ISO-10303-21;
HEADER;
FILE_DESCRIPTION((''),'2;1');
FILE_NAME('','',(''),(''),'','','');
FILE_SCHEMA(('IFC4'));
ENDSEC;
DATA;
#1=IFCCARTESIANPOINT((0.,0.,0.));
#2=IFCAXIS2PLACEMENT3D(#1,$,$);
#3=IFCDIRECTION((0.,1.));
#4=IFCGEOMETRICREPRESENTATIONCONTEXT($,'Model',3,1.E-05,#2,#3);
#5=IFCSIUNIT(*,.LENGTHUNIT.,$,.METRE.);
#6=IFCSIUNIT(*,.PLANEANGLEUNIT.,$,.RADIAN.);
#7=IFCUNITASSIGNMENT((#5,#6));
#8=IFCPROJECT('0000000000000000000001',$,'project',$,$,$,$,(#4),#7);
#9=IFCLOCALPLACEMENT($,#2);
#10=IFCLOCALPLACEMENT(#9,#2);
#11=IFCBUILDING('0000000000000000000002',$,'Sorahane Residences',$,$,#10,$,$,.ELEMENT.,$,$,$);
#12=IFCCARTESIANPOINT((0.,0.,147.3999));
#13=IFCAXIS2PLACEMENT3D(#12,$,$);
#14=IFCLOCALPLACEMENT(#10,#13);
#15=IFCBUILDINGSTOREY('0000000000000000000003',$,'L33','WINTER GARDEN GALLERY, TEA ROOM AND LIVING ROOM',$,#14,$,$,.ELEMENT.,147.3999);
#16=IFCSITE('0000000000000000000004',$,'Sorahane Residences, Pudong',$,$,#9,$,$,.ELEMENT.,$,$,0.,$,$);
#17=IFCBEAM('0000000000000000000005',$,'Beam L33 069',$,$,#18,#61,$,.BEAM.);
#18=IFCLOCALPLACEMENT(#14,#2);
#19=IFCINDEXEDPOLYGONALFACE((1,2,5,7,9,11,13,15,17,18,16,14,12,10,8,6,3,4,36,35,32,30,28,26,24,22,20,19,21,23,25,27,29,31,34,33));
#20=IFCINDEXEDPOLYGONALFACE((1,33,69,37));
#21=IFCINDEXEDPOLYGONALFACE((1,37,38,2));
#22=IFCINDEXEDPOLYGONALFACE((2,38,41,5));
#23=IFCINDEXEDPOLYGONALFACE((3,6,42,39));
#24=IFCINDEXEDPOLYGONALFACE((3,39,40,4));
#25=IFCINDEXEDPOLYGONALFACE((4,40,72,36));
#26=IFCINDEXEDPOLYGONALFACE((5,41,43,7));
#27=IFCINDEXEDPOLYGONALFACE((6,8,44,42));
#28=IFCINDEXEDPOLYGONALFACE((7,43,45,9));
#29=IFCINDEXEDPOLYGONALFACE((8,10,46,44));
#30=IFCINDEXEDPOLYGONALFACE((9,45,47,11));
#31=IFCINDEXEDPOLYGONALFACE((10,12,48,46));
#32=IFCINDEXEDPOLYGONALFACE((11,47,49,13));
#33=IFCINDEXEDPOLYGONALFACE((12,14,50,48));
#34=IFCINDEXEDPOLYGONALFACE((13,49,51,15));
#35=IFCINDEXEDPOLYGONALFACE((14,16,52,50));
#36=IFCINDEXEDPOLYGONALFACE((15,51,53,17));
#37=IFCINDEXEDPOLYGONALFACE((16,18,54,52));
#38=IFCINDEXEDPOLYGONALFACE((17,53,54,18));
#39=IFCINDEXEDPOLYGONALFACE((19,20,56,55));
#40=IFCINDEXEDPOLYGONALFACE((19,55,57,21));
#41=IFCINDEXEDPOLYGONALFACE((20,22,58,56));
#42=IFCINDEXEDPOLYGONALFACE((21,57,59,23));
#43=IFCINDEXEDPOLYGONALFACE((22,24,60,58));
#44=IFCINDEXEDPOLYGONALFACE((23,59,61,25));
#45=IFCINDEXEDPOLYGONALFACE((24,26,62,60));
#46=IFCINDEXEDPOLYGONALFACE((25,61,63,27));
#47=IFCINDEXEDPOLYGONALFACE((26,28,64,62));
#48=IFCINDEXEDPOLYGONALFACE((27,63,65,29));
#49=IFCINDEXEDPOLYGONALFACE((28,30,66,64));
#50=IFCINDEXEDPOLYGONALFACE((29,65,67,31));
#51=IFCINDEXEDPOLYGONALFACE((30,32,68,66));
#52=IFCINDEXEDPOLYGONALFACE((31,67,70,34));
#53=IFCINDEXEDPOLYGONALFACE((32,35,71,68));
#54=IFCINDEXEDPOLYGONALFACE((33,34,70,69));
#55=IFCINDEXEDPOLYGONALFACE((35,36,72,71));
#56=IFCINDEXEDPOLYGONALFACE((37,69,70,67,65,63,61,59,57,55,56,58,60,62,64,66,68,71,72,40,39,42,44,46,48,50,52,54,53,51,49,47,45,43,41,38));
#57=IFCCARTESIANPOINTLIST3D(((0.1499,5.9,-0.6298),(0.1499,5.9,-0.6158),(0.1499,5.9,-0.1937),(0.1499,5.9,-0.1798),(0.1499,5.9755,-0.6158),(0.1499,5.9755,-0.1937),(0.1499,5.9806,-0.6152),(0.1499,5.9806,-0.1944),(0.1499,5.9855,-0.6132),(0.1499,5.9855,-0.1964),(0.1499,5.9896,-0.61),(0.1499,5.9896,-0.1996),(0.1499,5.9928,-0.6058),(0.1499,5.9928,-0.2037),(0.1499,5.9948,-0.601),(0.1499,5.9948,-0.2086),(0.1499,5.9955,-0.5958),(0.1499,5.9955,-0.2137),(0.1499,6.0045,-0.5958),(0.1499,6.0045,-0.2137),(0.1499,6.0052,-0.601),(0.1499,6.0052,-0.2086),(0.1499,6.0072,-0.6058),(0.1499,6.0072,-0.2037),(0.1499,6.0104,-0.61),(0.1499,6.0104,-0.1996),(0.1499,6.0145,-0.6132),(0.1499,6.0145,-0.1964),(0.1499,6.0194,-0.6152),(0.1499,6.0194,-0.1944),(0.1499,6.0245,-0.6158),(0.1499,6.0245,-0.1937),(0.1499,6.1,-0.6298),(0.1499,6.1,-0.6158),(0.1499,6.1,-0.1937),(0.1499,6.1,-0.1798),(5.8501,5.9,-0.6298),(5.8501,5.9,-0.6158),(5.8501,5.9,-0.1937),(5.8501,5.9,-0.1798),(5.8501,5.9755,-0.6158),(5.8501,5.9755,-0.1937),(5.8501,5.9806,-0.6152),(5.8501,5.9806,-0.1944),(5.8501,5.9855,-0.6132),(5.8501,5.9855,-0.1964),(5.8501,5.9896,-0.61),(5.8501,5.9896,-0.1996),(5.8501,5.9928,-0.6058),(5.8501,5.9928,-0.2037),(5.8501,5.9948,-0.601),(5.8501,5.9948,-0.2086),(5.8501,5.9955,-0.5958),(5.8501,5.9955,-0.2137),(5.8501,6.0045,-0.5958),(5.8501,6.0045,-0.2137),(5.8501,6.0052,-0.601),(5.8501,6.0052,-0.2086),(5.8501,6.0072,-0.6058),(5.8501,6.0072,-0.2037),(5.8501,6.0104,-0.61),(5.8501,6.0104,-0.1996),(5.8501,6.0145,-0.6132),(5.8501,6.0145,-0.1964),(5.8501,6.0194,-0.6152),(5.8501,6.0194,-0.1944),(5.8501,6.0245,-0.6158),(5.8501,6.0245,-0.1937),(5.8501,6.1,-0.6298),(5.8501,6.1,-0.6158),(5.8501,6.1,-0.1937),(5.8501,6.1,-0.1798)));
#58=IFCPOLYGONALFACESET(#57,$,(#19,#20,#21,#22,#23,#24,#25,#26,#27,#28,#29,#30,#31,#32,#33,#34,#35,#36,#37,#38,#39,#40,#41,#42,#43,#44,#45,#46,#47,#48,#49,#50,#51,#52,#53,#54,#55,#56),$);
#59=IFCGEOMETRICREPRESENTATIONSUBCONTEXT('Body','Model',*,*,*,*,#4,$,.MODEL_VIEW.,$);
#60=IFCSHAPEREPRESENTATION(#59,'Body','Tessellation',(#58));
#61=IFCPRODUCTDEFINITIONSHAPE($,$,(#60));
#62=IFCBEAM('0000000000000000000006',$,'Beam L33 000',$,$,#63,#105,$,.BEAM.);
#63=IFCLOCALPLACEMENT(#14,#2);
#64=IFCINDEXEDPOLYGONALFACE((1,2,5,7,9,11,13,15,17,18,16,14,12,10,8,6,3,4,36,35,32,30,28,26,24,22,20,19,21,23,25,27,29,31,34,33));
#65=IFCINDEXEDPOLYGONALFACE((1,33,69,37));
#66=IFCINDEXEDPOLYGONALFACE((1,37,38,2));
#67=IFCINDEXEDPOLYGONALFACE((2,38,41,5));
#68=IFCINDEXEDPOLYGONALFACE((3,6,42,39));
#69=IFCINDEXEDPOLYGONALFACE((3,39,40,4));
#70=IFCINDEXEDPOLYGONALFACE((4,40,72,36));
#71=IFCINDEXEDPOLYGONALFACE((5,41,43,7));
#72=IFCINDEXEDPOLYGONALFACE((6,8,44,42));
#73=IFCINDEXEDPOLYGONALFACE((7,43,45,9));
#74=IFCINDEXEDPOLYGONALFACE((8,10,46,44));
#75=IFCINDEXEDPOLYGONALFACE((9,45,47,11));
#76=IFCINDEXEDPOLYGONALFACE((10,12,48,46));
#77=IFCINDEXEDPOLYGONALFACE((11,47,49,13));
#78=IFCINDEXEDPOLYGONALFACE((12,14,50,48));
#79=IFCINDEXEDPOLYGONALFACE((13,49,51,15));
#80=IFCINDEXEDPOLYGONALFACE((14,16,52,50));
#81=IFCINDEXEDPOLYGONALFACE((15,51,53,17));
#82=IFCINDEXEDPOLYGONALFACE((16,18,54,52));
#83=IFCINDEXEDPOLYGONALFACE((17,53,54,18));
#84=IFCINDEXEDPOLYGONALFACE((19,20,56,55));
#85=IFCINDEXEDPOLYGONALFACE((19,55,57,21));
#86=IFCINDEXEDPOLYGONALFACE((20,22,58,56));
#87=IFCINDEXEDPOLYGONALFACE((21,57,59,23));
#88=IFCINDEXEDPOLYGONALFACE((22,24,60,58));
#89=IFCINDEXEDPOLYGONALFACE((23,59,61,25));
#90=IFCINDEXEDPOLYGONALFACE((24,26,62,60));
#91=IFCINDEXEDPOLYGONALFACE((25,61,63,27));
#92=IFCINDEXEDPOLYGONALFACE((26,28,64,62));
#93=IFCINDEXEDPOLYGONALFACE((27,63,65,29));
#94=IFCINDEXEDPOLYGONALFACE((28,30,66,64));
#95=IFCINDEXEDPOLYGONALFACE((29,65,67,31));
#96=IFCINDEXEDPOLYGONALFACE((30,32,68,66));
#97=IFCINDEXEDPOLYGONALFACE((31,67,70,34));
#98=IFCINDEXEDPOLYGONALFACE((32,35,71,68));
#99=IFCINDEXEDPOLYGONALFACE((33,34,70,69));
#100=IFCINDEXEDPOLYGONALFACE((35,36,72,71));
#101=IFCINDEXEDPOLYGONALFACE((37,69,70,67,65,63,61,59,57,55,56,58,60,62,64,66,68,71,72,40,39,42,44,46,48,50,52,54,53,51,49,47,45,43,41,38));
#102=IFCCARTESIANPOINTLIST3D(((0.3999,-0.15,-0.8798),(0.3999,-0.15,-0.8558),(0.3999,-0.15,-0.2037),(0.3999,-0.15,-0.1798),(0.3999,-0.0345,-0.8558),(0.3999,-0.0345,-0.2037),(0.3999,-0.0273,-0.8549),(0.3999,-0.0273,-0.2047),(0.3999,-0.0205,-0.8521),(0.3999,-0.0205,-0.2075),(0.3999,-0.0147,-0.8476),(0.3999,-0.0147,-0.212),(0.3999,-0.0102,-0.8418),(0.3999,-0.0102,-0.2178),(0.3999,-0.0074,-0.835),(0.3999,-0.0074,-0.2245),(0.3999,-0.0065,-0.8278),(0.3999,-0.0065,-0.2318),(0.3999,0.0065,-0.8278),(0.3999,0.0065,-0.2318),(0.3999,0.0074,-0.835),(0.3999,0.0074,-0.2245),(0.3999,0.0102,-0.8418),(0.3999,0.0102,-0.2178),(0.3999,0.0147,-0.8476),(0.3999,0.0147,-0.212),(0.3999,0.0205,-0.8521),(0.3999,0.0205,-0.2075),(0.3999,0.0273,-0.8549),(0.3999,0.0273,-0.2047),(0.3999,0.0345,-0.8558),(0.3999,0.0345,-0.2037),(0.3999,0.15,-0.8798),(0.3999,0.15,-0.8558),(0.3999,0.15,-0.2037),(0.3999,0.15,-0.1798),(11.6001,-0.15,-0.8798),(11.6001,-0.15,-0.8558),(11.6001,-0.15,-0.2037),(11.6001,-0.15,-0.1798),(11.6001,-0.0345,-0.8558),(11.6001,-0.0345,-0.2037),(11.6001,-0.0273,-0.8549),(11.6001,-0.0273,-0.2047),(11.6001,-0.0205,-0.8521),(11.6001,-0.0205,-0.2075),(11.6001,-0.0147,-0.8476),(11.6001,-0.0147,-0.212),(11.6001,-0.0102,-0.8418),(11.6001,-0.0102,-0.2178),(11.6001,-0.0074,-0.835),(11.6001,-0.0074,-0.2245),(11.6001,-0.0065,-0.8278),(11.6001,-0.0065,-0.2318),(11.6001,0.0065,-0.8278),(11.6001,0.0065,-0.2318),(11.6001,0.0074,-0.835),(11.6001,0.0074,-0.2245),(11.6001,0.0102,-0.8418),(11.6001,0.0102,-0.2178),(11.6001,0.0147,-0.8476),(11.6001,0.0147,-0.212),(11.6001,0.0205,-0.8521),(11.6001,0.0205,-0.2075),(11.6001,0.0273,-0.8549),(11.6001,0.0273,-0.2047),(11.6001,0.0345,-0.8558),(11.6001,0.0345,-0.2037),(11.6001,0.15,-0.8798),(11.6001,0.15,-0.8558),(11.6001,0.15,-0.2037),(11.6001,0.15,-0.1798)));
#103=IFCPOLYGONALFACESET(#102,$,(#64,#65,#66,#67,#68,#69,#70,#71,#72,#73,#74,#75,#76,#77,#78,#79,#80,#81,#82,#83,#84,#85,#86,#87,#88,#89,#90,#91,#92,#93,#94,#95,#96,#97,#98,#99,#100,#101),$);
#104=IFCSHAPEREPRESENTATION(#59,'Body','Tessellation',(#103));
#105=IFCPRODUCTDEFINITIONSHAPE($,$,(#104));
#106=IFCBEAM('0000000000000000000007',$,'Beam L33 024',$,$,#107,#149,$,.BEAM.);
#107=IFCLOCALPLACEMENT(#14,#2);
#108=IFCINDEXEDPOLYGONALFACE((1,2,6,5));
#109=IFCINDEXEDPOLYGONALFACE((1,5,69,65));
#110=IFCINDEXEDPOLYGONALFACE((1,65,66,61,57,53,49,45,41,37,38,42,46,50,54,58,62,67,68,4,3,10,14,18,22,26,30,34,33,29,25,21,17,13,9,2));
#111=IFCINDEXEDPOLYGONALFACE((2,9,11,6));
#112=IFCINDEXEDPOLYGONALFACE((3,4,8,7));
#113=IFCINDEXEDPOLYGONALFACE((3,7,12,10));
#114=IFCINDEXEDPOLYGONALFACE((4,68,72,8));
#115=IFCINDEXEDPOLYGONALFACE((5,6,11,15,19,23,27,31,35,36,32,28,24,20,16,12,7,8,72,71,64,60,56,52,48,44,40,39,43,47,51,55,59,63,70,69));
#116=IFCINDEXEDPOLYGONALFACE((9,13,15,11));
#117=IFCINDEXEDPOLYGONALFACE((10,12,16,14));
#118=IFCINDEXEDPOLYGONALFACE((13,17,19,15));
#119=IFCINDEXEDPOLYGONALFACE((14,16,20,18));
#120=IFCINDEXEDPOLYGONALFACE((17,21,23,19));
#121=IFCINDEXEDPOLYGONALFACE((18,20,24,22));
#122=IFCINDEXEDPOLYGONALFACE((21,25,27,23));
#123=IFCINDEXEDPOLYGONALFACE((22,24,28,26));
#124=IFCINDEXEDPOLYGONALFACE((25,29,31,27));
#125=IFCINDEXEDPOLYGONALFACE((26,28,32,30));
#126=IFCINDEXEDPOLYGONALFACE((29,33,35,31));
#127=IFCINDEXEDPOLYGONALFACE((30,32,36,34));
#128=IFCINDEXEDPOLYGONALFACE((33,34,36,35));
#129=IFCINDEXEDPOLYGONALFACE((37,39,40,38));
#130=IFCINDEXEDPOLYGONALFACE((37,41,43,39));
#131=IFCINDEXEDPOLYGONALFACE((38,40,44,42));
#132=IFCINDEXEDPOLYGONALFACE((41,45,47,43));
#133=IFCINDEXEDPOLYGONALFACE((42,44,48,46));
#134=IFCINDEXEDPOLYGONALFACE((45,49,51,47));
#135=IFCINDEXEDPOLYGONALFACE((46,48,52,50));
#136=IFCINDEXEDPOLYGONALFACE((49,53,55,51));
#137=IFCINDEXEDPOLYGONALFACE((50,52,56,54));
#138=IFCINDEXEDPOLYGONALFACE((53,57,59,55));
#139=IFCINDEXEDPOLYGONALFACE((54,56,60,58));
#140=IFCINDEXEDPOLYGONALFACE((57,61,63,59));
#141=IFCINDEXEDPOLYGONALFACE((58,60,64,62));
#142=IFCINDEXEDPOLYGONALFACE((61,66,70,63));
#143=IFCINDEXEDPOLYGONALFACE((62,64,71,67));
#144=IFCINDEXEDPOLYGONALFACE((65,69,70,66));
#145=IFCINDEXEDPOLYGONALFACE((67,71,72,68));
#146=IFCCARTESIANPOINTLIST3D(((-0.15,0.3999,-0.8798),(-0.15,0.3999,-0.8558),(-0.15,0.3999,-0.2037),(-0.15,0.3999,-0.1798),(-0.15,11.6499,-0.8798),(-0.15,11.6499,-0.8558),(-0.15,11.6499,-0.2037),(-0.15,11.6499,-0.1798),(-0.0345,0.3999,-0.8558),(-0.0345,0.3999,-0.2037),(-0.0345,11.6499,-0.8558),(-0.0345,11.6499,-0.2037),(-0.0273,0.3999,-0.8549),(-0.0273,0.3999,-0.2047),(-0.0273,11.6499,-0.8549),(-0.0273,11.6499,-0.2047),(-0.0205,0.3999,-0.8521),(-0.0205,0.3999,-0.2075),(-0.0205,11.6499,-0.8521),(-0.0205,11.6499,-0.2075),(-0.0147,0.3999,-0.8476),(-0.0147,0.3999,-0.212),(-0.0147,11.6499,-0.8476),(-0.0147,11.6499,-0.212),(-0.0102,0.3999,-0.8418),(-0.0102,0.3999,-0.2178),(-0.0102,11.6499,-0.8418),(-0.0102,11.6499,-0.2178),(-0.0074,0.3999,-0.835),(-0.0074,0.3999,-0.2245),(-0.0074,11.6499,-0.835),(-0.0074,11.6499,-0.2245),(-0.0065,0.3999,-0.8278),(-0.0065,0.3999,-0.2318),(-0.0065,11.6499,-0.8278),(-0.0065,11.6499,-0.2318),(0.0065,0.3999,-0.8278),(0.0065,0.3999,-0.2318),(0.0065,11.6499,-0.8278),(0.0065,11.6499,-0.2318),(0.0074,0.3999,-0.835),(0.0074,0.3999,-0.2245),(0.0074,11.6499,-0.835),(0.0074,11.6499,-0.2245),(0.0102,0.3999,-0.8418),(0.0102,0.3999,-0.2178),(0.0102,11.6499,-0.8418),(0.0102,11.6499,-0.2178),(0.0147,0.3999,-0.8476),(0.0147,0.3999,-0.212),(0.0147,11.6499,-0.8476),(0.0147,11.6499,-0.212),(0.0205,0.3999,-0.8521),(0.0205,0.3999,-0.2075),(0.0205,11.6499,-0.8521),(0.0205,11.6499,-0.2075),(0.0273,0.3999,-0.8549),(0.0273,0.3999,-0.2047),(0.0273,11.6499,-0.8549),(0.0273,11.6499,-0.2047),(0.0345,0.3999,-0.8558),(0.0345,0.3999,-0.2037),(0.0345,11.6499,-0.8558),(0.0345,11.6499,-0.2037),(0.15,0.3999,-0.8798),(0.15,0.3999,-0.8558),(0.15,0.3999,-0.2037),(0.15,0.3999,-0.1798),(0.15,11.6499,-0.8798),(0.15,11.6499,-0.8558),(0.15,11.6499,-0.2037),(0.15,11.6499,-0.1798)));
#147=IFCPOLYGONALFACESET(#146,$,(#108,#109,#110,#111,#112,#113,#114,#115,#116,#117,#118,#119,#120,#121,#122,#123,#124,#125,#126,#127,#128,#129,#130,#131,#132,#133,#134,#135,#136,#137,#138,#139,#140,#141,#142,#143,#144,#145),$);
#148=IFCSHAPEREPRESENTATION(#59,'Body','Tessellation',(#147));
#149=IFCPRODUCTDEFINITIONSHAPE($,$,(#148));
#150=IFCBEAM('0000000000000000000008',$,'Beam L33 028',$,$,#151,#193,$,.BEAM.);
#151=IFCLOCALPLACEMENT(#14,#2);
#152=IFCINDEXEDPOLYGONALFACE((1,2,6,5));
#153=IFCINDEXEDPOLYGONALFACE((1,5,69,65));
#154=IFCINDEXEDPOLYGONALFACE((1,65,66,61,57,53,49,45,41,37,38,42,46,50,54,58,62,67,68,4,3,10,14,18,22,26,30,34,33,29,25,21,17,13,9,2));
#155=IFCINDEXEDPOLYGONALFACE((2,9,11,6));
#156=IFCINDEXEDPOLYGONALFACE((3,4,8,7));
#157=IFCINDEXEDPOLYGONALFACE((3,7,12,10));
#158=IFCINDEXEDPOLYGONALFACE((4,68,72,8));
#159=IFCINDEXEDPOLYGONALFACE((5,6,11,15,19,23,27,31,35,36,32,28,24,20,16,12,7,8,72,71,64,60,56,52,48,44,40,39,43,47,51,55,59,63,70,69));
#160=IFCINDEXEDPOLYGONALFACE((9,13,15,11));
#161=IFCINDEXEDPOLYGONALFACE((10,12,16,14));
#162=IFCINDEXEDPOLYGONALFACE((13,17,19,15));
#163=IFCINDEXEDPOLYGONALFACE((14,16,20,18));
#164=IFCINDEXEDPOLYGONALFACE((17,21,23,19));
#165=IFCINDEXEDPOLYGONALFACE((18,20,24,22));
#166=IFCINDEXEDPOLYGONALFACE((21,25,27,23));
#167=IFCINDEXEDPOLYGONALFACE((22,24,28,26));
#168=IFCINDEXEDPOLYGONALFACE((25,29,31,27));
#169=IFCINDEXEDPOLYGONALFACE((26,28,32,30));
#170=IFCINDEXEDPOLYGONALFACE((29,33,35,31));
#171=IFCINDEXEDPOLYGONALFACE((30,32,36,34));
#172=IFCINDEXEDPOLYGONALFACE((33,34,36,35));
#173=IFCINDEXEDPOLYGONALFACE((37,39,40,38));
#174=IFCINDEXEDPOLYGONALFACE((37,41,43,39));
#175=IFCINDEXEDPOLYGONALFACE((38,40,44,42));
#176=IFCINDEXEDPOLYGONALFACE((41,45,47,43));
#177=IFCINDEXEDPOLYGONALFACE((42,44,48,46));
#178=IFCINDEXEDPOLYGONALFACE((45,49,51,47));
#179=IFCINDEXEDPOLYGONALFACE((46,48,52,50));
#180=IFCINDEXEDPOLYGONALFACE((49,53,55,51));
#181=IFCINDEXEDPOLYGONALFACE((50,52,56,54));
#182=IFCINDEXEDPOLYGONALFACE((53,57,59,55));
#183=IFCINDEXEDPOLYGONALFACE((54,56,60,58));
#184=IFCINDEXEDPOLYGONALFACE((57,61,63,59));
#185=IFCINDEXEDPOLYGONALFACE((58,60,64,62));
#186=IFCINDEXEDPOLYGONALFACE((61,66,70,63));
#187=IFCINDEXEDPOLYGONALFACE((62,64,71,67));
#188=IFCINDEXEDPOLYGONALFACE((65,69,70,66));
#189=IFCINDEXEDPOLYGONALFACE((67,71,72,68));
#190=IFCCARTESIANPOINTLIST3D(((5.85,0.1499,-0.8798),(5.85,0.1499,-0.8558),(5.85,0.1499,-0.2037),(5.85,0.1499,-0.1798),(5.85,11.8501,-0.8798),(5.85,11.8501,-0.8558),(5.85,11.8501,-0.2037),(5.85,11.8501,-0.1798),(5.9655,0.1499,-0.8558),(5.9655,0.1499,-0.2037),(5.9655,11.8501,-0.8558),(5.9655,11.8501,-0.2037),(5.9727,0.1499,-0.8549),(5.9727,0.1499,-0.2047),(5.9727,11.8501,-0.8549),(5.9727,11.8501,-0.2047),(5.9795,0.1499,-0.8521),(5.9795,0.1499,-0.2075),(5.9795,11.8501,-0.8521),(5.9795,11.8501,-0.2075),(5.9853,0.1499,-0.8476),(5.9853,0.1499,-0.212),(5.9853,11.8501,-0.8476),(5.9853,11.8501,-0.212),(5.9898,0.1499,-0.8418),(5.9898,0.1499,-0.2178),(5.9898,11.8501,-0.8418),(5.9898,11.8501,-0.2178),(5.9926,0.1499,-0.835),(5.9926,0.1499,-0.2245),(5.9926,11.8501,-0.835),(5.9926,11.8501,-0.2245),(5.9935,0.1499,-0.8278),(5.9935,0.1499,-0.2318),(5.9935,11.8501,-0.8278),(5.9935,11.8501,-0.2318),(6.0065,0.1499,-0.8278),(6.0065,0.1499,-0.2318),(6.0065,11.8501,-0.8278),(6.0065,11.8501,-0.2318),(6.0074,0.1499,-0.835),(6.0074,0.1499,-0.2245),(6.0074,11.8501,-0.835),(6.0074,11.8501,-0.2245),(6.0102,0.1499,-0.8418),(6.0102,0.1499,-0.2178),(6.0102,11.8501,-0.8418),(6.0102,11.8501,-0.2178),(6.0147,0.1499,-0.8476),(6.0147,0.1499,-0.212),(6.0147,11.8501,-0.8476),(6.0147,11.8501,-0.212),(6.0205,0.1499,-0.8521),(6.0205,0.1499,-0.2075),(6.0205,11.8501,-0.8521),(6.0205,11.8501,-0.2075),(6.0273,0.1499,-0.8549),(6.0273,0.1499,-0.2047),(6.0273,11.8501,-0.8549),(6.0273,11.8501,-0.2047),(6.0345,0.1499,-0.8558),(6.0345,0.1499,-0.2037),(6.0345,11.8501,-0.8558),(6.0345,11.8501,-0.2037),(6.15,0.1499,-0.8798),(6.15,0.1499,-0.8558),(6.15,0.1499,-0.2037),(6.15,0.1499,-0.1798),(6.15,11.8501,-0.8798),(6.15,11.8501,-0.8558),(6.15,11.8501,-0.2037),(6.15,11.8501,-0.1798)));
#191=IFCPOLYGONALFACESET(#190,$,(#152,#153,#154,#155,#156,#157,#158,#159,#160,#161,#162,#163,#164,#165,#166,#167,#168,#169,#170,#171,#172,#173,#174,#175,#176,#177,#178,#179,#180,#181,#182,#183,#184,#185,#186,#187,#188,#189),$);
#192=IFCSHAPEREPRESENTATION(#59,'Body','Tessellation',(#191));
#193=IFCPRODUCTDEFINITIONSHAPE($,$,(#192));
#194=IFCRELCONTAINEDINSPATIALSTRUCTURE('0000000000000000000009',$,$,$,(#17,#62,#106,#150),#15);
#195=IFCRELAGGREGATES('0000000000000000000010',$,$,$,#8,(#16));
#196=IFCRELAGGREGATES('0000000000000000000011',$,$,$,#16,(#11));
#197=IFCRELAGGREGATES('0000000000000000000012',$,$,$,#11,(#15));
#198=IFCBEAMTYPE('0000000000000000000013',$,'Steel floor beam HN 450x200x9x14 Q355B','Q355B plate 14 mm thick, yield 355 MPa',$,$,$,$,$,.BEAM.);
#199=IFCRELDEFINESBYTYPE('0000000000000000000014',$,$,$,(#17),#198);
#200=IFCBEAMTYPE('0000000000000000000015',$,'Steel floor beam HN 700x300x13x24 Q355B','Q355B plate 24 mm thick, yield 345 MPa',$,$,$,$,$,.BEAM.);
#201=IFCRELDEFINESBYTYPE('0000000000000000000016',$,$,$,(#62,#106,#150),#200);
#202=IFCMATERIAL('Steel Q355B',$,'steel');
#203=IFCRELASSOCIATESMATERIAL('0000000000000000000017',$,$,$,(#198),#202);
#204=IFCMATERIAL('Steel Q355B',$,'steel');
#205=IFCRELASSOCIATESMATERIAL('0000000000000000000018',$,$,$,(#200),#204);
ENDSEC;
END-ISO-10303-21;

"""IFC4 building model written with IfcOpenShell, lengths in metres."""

from ifc_helpers import new_model, si_unit, direction, frame, origin, origin_2d, place, context, subcontext, project, spatial, i_section, extrude, material, material_profile, profile_set, type_object, element, save


model = new_model("IFC4")

# Units and contexts
model_context = context("Model", 3, precision=1e-05, world=origin(), true_north=direction((0.0, 1.0)))
body_context = subcontext(model_context, "Body", "Model", "MODEL_VIEW")
ifc_project = project(units=[si_unit("LENGTHUNIT", "METRE"), si_unit("PLANEANGLEUNIT", "RADIAN")], contexts=[model_context])

# Site, building, storey
site_placement = place(None, origin())
site = spatial("IfcSite", under=ifc_project, at=site_placement, Name="Sorahane Residences, Pudong", CompositionType="ELEMENT", RefElevation=0.0)
building_placement = place(site_placement, origin())
building = spatial("IfcBuilding", under=site, at=building_placement, Name="Sorahane Residences", CompositionType="ELEMENT")
storey_placement = place(building_placement, frame((0.0, 0.0, 147.3999)))
storey = spatial("IfcBuildingStorey", under=building, at=storey_placement, Name="L33", Description="WINTER GARDEN GALLERY, TEA ROOM AND LIVING ROOM", CompositionType="ELEMENT", Elevation=147.3999)

# Beams
ifc_material_1 = material(Name="Steel Q355B", Category="steel")
ifc_material_profile_1 = material_profile(ifc_material_1, i_section(OverallWidth=0.2, OverallDepth=0.45, WebThickness=0.009, FlangeThickness=0.0139, FilletRadius=0.02, at=origin_2d()), Name="HN 450x200x9x14")
ifc_profile_set_1 = profile_set([ifc_material_profile_1], Name="Steel Q355B")
beam_type_1 = type_object("IfcBeamType", Name="Steel floor beam HN 450x200x9x14 Q355B", Description="Q355B plate 14 mm thick, yield 355 MPa", PredefinedType="BEAM", material=ifc_profile_set_1)
beam_1_placement = place(storey_placement, frame((0.1499, 6.0, -0.4048), z_axis=(1.0, 0.0, 0.0), x_axis=(0.0, 1.0, 0.0)))
element("IfcBeam", 1, at=beam_1_placement, inside=storey, type_object=beam_type_1, Name="Beam L33 069", PredefinedType="BEAM", context=body_context, shape_type="SweptSolid", body=[
    extrude(i_section(OverallWidth=0.2, OverallDepth=0.45, WebThickness=0.009, FlangeThickness=0.0139, FilletRadius=0.02, at=origin_2d()), origin(), (0.0, 0.0, 1.0), 5.7002),
])
ifc_material_2 = material(Name="Steel Q355B", Category="steel")
ifc_material_profile_2 = material_profile(ifc_material_2, i_section(OverallWidth=0.3, OverallDepth=0.7, WebThickness=0.0129, FlangeThickness=0.0239, FilletRadius=0.0281, at=origin_2d()), Name="HN 700x300x13x24")
ifc_profile_set_2 = profile_set([ifc_material_profile_2], Name="Steel Q355B")
beam_type_2 = type_object("IfcBeamType", Name="Steel floor beam HN 700x300x13x24 Q355B", Description="Q355B plate 24 mm thick, yield 345 MPa", PredefinedType="BEAM", material=ifc_profile_set_2)
beam_2_placement = place(storey_placement, frame((0.3999, 0.0, -0.5298), z_axis=(1.0, 0.0, 0.0), x_axis=(0.0, 1.0, 0.0)))
element("IfcBeam", 2, at=beam_2_placement, inside=storey, type_object=beam_type_2, Name="Beam L33 000", PredefinedType="BEAM", context=body_context, shape_type="SweptSolid", body=[
    extrude(i_section(OverallWidth=0.3, OverallDepth=0.7, WebThickness=0.0129, FlangeThickness=0.0239, FilletRadius=0.0281, at=origin_2d()), origin(), (0.0, 0.0, 1.0), 11.2002),
])
beam_3_placement = place(storey_placement, frame((0.0, 0.3999, -0.5298), z_axis=(0.0, 1.0, 0.0), x_axis=(-1.0, 0.0, 0.0)))
element("IfcBeam", 3, at=beam_3_placement, inside=storey, type_object=beam_type_2, Name="Beam L33 024", PredefinedType="BEAM", context=body_context, shape_type="SweptSolid", body=[
    extrude(i_section(OverallWidth=0.3, OverallDepth=0.7, WebThickness=0.0129, FlangeThickness=0.0239, FilletRadius=0.0281, at=origin_2d()), origin(), (0.0, 0.0, 1.0), 11.25),
])
beam_4_placement = place(storey_placement, frame((6.0, 0.1499, -0.5298), z_axis=(0.0, 1.0, 0.0), x_axis=(-1.0, 0.0, 0.0)))
element("IfcBeam", 4, at=beam_4_placement, inside=storey, type_object=beam_type_2, Name="Beam L33 028", PredefinedType="BEAM", context=body_context, shape_type="SweptSolid", body=[
    extrude(i_section(OverallWidth=0.3, OverallDepth=0.7, WebThickness=0.0129, FlangeThickness=0.0239, FilletRadius=0.0281, at=origin_2d()), origin(), (0.0, 0.0, 1.0), 11.7002),
])

save(model, "model.ifc")
